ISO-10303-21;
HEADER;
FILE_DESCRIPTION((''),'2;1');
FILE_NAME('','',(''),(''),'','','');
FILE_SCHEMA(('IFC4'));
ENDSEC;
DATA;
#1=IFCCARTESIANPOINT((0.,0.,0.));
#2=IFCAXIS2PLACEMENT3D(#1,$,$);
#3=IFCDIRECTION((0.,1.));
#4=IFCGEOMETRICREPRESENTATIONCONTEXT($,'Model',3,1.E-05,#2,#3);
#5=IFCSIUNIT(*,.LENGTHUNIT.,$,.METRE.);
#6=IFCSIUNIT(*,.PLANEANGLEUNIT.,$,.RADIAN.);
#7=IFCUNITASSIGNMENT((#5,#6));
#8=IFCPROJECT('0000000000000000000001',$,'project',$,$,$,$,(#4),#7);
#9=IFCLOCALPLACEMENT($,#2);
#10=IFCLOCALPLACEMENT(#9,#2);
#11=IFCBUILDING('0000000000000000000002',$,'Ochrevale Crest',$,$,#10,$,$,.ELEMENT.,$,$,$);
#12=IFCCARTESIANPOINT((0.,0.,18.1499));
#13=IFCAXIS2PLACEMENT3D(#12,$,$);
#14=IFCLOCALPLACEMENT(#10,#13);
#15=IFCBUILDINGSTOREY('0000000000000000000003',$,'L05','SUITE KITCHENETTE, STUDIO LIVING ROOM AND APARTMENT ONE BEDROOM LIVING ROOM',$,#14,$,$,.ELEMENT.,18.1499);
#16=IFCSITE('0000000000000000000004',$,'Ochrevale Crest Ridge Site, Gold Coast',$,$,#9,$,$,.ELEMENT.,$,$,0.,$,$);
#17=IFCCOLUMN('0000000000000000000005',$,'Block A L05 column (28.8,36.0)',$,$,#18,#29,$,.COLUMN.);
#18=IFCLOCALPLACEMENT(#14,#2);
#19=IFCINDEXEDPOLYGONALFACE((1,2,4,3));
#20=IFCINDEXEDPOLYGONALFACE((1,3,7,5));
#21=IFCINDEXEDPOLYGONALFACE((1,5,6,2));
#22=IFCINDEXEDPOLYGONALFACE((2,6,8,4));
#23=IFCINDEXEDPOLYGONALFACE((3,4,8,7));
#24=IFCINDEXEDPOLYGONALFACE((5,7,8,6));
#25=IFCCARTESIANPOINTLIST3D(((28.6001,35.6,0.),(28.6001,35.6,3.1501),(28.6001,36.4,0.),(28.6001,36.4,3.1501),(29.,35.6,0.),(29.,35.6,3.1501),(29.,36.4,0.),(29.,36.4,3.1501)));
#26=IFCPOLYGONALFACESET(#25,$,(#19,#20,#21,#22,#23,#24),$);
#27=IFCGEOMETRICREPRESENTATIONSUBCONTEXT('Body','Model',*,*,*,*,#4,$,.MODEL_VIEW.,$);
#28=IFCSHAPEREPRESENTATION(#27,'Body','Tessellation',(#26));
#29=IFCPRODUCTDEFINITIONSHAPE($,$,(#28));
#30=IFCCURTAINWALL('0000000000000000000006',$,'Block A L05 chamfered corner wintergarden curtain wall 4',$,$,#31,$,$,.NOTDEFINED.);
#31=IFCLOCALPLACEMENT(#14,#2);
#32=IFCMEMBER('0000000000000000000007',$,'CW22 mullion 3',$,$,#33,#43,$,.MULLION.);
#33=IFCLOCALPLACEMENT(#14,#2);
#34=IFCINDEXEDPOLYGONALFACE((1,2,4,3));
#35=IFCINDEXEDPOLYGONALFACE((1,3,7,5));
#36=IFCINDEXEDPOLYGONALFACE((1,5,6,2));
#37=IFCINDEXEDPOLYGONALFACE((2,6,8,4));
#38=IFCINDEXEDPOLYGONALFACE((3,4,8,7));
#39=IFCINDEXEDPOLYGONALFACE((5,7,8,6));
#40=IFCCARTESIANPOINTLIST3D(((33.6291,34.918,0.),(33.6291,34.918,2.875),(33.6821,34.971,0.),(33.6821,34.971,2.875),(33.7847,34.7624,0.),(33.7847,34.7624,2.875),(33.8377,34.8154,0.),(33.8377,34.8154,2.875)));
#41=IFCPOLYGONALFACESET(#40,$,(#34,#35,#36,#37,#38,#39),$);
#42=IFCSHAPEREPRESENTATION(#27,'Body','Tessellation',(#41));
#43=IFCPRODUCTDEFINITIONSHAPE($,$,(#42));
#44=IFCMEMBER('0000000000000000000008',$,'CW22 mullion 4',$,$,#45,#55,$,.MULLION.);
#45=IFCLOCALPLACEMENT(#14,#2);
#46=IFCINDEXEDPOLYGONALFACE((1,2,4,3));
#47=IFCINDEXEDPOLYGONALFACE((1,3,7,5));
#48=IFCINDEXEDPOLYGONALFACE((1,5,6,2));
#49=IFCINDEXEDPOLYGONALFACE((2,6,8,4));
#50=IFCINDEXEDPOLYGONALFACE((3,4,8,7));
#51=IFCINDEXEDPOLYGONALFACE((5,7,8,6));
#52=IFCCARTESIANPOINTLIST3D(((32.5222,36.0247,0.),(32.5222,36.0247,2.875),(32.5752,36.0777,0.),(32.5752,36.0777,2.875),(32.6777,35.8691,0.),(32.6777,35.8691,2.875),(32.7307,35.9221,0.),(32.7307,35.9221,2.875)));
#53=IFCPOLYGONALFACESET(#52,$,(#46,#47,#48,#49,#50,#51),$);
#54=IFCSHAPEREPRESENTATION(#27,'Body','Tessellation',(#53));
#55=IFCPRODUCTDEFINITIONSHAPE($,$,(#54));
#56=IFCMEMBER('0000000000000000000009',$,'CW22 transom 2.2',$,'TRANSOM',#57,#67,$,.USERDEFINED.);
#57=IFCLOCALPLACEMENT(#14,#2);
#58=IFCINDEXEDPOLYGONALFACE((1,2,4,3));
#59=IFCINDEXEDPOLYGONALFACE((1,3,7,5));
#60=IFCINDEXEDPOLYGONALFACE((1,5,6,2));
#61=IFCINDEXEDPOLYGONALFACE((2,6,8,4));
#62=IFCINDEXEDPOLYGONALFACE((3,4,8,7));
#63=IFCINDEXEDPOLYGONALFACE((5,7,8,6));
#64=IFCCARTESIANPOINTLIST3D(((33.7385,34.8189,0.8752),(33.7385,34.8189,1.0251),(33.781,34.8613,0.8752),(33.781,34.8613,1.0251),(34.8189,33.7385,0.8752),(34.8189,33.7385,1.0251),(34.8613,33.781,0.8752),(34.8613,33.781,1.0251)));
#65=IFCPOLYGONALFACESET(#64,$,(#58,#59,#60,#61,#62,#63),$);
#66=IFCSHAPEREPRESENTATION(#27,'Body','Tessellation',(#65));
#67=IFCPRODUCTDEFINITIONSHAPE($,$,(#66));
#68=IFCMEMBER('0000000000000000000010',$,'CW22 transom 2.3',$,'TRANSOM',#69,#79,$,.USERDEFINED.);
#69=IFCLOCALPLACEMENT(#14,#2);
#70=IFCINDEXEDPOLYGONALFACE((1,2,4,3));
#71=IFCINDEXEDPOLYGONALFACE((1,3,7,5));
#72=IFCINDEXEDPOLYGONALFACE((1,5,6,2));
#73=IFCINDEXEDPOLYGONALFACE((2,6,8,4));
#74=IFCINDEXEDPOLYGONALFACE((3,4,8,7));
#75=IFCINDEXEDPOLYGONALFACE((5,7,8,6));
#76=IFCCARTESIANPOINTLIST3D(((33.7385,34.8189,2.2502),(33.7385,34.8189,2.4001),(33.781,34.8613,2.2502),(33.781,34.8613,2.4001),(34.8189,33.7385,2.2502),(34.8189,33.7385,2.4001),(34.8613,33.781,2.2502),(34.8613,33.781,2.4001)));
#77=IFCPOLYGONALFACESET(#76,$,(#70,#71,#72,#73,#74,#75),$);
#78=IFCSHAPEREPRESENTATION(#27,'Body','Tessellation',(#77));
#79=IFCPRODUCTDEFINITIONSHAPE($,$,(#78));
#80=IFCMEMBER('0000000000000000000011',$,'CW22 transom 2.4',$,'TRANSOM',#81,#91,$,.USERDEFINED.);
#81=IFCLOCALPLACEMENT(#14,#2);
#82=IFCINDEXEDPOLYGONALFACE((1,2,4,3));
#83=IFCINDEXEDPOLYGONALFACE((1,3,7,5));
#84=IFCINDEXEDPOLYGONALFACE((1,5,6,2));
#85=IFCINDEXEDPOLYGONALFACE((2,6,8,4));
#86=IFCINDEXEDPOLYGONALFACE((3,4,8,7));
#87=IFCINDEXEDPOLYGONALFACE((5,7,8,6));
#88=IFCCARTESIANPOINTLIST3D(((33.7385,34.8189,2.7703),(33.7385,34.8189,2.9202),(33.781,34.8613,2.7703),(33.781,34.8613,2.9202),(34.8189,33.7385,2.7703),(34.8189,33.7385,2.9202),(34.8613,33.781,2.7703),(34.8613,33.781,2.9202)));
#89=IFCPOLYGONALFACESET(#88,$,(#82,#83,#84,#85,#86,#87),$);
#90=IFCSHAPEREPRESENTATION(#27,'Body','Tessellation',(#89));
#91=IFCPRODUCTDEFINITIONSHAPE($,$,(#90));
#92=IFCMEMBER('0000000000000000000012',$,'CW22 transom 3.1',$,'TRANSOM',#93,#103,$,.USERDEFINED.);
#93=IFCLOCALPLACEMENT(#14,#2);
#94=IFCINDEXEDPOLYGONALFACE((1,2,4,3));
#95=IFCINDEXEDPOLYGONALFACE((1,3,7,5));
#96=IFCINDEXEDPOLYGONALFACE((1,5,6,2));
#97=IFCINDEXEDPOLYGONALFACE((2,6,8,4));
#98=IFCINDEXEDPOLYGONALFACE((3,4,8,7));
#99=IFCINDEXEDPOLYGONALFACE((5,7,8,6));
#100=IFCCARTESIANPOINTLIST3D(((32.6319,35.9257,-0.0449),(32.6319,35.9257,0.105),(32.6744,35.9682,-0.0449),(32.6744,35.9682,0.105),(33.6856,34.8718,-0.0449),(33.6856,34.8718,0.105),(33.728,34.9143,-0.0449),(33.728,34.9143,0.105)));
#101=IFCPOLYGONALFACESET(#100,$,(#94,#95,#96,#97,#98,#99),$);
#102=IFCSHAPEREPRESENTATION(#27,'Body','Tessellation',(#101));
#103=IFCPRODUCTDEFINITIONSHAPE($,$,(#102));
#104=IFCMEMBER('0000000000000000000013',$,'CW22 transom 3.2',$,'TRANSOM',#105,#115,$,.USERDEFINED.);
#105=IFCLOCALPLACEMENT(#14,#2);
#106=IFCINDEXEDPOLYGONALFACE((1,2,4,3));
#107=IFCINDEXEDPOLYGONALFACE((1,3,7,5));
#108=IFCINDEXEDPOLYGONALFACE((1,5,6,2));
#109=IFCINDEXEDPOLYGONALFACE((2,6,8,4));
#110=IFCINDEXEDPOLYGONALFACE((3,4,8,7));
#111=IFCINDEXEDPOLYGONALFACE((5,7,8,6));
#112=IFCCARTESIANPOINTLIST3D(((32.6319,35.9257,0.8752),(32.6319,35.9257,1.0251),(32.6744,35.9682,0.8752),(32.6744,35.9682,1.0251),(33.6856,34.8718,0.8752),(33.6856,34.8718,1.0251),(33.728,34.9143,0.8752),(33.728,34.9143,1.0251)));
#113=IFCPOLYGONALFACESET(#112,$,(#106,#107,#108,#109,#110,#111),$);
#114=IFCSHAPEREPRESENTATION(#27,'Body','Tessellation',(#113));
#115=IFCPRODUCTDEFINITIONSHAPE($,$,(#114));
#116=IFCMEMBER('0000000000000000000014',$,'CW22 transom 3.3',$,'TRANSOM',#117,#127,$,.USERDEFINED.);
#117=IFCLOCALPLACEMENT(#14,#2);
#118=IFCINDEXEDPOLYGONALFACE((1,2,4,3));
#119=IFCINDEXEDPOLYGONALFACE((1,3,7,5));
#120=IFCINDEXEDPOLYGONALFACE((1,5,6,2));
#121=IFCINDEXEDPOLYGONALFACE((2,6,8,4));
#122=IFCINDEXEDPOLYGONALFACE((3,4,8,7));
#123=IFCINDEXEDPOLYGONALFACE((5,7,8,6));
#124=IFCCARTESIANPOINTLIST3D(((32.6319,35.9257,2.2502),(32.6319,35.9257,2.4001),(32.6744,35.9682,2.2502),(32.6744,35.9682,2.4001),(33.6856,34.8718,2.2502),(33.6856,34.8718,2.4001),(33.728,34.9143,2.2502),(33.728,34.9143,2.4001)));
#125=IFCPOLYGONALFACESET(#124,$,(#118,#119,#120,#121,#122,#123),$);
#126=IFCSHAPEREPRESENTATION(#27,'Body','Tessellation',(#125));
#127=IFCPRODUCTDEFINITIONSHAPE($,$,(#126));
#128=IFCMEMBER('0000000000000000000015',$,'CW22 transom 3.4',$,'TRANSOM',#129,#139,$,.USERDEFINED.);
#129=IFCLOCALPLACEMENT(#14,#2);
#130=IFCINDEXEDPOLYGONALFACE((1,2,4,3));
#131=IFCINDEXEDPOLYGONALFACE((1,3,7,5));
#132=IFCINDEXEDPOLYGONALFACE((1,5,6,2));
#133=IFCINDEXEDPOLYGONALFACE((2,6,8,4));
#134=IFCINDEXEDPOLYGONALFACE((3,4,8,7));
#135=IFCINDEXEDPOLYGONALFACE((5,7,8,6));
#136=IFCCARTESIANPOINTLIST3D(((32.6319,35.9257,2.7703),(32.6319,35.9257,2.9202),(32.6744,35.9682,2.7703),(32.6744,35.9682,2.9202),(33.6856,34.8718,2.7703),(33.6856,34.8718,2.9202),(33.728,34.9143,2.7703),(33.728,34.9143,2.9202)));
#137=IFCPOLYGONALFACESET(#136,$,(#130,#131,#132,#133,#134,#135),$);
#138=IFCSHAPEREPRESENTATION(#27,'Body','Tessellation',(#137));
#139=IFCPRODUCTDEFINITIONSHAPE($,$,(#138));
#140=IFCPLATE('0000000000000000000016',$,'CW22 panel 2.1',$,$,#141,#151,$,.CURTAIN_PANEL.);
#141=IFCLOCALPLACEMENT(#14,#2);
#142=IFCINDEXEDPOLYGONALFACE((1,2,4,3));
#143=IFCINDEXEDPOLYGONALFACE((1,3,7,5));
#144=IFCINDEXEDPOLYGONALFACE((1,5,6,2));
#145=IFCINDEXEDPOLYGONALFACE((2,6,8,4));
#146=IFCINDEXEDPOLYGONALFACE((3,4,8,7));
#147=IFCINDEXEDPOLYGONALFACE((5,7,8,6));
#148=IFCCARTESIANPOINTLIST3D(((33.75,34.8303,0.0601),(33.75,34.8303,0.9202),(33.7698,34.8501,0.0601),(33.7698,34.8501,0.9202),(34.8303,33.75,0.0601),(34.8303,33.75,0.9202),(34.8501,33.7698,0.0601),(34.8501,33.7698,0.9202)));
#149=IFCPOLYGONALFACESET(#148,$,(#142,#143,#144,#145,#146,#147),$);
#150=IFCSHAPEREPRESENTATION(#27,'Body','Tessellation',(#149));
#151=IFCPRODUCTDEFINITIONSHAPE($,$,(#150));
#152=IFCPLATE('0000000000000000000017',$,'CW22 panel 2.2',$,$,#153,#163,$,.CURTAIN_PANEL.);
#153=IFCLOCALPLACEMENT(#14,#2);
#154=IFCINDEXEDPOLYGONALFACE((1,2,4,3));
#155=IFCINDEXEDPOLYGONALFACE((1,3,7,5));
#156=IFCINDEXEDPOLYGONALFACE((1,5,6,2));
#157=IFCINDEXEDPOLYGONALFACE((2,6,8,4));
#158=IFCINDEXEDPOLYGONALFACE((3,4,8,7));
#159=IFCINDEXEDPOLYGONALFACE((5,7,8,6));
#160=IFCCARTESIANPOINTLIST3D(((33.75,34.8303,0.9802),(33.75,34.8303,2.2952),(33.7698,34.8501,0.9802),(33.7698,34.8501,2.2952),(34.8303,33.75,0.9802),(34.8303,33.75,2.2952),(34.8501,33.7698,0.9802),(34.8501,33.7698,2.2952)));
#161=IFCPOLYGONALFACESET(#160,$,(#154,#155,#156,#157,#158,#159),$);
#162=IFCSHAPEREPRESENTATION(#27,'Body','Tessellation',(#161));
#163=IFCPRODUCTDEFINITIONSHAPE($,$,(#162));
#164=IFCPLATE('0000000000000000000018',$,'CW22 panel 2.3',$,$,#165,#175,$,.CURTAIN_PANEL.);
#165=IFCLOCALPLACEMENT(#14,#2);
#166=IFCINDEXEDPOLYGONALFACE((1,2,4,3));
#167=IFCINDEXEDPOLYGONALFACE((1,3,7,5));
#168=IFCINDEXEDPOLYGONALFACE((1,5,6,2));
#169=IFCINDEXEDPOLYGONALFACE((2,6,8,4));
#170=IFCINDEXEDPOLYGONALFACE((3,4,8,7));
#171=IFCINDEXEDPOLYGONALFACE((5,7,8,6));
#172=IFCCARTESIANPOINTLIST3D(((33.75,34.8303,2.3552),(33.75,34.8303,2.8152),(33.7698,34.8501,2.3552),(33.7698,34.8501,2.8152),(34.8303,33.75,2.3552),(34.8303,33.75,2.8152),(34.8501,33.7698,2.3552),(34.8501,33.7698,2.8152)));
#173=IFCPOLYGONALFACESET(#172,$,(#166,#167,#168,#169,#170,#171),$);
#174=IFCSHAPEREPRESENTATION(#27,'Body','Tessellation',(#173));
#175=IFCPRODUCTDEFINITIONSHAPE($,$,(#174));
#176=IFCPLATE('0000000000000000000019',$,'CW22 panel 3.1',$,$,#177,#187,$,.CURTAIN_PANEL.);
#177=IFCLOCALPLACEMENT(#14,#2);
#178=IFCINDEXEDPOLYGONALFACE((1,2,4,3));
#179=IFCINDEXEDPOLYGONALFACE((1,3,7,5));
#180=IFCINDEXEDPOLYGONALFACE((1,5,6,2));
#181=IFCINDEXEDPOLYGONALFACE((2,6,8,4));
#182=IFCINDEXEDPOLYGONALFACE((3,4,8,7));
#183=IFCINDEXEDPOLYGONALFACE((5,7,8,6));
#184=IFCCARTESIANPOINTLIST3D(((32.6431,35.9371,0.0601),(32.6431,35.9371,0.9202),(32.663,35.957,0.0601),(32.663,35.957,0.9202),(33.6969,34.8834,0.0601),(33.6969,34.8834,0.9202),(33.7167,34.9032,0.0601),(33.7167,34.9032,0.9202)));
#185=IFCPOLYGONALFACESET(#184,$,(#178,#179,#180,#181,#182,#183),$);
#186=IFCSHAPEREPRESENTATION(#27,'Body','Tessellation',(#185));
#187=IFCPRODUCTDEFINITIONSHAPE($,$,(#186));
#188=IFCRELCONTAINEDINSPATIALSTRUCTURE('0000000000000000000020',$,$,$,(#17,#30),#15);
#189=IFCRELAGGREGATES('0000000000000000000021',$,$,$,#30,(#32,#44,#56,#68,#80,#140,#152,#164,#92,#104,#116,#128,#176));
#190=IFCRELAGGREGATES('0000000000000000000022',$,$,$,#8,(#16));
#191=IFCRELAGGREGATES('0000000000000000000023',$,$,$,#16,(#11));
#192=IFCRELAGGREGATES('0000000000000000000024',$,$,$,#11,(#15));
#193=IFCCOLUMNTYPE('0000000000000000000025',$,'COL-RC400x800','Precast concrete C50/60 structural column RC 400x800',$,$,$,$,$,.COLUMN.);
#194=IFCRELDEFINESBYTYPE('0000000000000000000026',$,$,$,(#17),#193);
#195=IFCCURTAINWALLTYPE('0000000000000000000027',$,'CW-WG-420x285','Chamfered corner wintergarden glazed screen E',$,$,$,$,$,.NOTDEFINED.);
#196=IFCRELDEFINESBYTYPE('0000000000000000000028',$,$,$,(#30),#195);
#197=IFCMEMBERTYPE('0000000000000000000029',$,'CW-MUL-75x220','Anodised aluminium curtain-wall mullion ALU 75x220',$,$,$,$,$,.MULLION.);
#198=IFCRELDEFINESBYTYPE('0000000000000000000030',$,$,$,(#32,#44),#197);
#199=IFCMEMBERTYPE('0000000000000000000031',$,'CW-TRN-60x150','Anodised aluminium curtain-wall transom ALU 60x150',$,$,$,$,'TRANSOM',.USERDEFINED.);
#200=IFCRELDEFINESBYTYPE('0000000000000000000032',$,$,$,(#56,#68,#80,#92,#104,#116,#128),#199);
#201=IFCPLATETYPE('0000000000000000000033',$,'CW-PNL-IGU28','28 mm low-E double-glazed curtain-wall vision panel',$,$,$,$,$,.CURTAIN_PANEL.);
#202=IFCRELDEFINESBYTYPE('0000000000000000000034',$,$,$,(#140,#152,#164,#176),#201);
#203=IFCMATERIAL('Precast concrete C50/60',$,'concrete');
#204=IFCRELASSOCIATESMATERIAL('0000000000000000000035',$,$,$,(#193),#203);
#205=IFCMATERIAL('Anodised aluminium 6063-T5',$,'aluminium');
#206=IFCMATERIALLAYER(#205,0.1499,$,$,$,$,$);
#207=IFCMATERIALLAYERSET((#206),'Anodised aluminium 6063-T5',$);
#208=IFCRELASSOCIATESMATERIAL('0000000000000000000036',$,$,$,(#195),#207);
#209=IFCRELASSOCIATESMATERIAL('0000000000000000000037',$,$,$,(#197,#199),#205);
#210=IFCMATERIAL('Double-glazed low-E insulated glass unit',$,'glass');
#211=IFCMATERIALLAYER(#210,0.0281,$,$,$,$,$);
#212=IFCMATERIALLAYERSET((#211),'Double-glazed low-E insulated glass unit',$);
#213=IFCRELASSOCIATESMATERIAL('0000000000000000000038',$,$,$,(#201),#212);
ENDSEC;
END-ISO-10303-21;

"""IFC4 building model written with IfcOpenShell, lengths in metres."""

from ifc_helpers import new_model, si_unit, direction, frame, origin, origin_2d, place, context, subcontext, project, spatial, rectangle, extrude, material, layer, layer_set, material_profile, profile_set, type_object, element, aggregate, save


model = new_model("IFC4")

# Units and contexts
model_context = context("Model", 3, precision=1e-05, world=origin(), true_north=direction((0.0, 1.0)))
body_context = subcontext(model_context, "Body", "Model", "MODEL_VIEW")
ifc_project = project(units=[si_unit("LENGTHUNIT", "METRE"), si_unit("PLANEANGLEUNIT", "RADIAN")], contexts=[model_context])

# Site, building, storey
site_placement = place(None, origin())
site = spatial("IfcSite", under=ifc_project, at=site_placement, Name="Ochrevale Crest Ridge Site, Gold Coast", CompositionType="ELEMENT", RefElevation=0.0)
building_placement = place(site_placement, origin())
building = spatial("IfcBuilding", under=site, at=building_placement, Name="Ochrevale Crest", CompositionType="ELEMENT")
storey_placement = place(building_placement, frame((0.0, 0.0, 18.1499)))
storey = spatial("IfcBuildingStorey", under=building, at=storey_placement, Name="L05", Description="SUITE KITCHENETTE, STUDIO LIVING ROOM AND APARTMENT ONE BEDROOM LIVING ROOM", CompositionType="ELEMENT", Elevation=18.1499)

# Column
ifc_material_1 = material(Name="Precast concrete C50/60", Category="concrete")
ifc_material_profile_1 = material_profile(ifc_material_1, rectangle(XDim=0.3999, YDim=0.8, at=origin_2d()), Name="RC 400x800")
ifc_profile_set_1 = profile_set([ifc_material_profile_1], Name="Precast concrete C50/60")
column_type = type_object("IfcColumnType", Name="COL-RC400x800", Description="Precast concrete C50/60 structural column RC 400x800", PredefinedType="COLUMN", material=ifc_profile_set_1)
column_placement = place(storey_placement, frame((28.8, 36.0, 0.0), z_axis=(0.0, 0.0, 1.0), x_axis=(1.0, 0.0, 0.0)))
element("IfcColumn", 1, at=column_placement, inside=storey, type_object=column_type, Name="Block A L05 column (28.8,36.0)", PredefinedType="COLUMN", context=body_context, shape_type="SweptSolid", body=[
    extrude(rectangle(XDim=0.3999, YDim=0.8, at=origin_2d()), origin(), (0.0, 0.0, 1.0), 3.1501),
])

# Curtain wall, members, plates
ifc_material_2 = material(Name="Anodised aluminium 6063-T5", Category="aluminium")
ifc_layer_1 = layer(ifc_material_2, 0.1499)
ifc_layer_set_1 = layer_set([ifc_layer_1], Name="Anodised aluminium 6063-T5")
curtain_wall_type = type_object("IfcCurtainWallType", Name="CW-WG-420x285", Description="Chamfered corner wintergarden glazed screen E", PredefinedType="NOTDEFINED", material=ifc_layer_set_1)
curtain_wall_placement = place(storey_placement, origin())
curtain_wall = element("IfcCurtainWall", 2, at=curtain_wall_placement, inside=storey, type_object=curtain_wall_type, Name="Block A L05 chamfered corner wintergarden curtain wall 4", PredefinedType="NOTDEFINED")
ifc_material_profile_2 = material_profile(ifc_material_2, rectangle(XDim=0.075, YDim=0.22, at=origin_2d()), Name="ALU 75x220")
ifc_profile_set_2 = profile_set([ifc_material_profile_2], Name="Anodised aluminium 6063-T5")
member_type_1 = type_object("IfcMemberType", Name="CW-MUL-75x220", Description="Anodised aluminium curtain-wall mullion ALU 75x220", PredefinedType="MULLION", material=ifc_profile_set_2)
member_1_placement = place(storey_placement, frame((33.7334, 34.8667, 0.0), z_axis=(0.0, 0.0, 1.0), x_axis=(-0.707107, -0.707107, 0.0)))
member_1 = element("IfcMember", 3, at=member_1_placement, type_object=member_type_1, Name="CW22 mullion 3", PredefinedType="MULLION", context=body_context, shape_type="SweptSolid", body=[
    extrude(rectangle(XDim=0.075, YDim=0.22, at=origin_2d()), origin(), (0.0, 0.0, 1.0), 2.875),
])
member_2_placement = place(storey_placement, frame((32.6265, 35.9734, 0.0), z_axis=(0.0, 0.0, 1.0), x_axis=(-0.707107, -0.707107, 0.0)))
member_2 = element("IfcMember", 4, at=member_2_placement, type_object=member_type_1, Name="CW22 mullion 4", PredefinedType="MULLION", context=body_context, shape_type="SweptSolid", body=[
    extrude(rectangle(XDim=0.075, YDim=0.22, at=origin_2d()), origin(), (0.0, 0.0, 1.0), 2.875),
])
ifc_material_profile_3 = material_profile(ifc_material_2, rectangle(XDim=0.0601, YDim=0.1499, at=origin_2d()), Name="ALU 60x150")
ifc_profile_set_3 = profile_set([ifc_material_profile_3], Name="Anodised aluminium 6063-T5")
member_type_2 = type_object("IfcMemberType", Name="CW-TRN-60x150", Description="Anodised aluminium curtain-wall transom ALU 60x150", ElementType="TRANSOM", PredefinedType="USERDEFINED", material=ifc_profile_set_3)
member_3_placement = place(storey_placement, frame((34.8401, 33.7598, 0.9502), z_axis=(-0.707107, 0.707107, 0.0), x_axis=(-0.707107, -0.707107, 0.0)))
member_3 = element("IfcMember", 5, at=member_3_placement, type_object=member_type_2, Name="CW22 transom 2.2", ObjectType="TRANSOM", PredefinedType="USERDEFINED", context=body_context, shape_type="SweptSolid", body=[
    extrude(rectangle(XDim=0.0601, YDim=0.1499, at=origin_2d()), origin(), (0.0, 0.0, 1.0), 1.5278),
])
member_4_placement = place(storey_placement, frame((34.8401, 33.7598, 2.3252), z_axis=(-0.707107, 0.707107, 0.0), x_axis=(-0.707107, -0.707107, 0.0)))
member_4 = element("IfcMember", 6, at=member_4_placement, type_object=member_type_2, Name="CW22 transom 2.3", ObjectType="TRANSOM", PredefinedType="USERDEFINED", context=body_context, shape_type="SweptSolid", body=[
    extrude(rectangle(XDim=0.0601, YDim=0.1499, at=origin_2d()), origin(), (0.0, 0.0, 1.0), 1.5278),
])
member_5_placement = place(storey_placement, frame((34.8401, 33.7598, 2.8452), z_axis=(-0.707107, 0.707107, 0.0), x_axis=(-0.707107, -0.707107, 0.0)))
member_5 = element("IfcMember", 7, at=member_5_placement, type_object=member_type_2, Name="CW22 transom 2.4", ObjectType="TRANSOM", PredefinedType="USERDEFINED", context=body_context, shape_type="SweptSolid", body=[
    extrude(rectangle(XDim=0.0601, YDim=0.1499, at=origin_2d()), origin(), (0.0, 0.0, 1.0), 1.5278),
])
member_6_placement = place(storey_placement, frame((33.7068, 34.8931, 0.03), z_axis=(-0.707025, 0.707189, 0.0), x_axis=(-0.707189, -0.707025, 0.0)))
member_6 = element("IfcMember", 8, at=member_6_placement, type_object=member_type_2, Name="CW22 transom 3.1", ObjectType="TRANSOM", PredefinedType="USERDEFINED", context=body_context, shape_type="SweptSolid", body=[
    extrude(rectangle(XDim=0.0601, YDim=0.1499, at=origin_2d()), origin(), (0.0, 0.0, 1.0), 1.4902),
])
member_7_placement = place(storey_placement, frame((33.7068, 34.8931, 0.9502), z_axis=(-0.707025, 0.707189, 0.0), x_axis=(-0.707189, -0.707025, 0.0)))
member_7 = element("IfcMember", 9, at=member_7_placement, type_object=member_type_2, Name="CW22 transom 3.2", ObjectType="TRANSOM", PredefinedType="USERDEFINED", context=body_context, shape_type="SweptSolid", body=[
    extrude(rectangle(XDim=0.0601, YDim=0.1499, at=origin_2d()), origin(), (0.0, 0.0, 1.0), 1.4902),
])
member_8_placement = place(storey_placement, frame((33.7068, 34.8931, 2.3252), z_axis=(-0.707025, 0.707189, 0.0), x_axis=(-0.707189, -0.707025, 0.0)))
member_8 = element("IfcMember", 10, at=member_8_placement, type_object=member_type_2, Name="CW22 transom 3.3", ObjectType="TRANSOM", PredefinedType="USERDEFINED", context=body_context, shape_type="SweptSolid", body=[
    extrude(rectangle(XDim=0.0601, YDim=0.1499, at=origin_2d()), origin(), (0.0, 0.0, 1.0), 1.4902),
])
member_9_placement = place(storey_placement, frame((33.7068, 34.8931, 2.8452), z_axis=(-0.707025, 0.707189, 0.0), x_axis=(-0.707189, -0.707025, 0.0)))
member_9 = element("IfcMember", 11, at=member_9_placement, type_object=member_type_2, Name="CW22 transom 3.4", ObjectType="TRANSOM", PredefinedType="USERDEFINED", context=body_context, shape_type="SweptSolid", body=[
    extrude(rectangle(XDim=0.0601, YDim=0.1499, at=origin_2d()), origin(), (0.0, 0.0, 1.0), 1.4902),
])
ifc_material_3 = material(Name="Double-glazed low-E insulated glass unit", Category="glass")
ifc_layer_2 = layer(ifc_material_3, 0.0281)
ifc_layer_set_2 = layer_set([ifc_layer_2], Name="Double-glazed low-E insulated glass unit")
plate_type = type_object("IfcPlateType", Name="CW-PNL-IGU28", Description="28 mm low-E double-glazed curtain-wall vision panel", PredefinedType="CURTAIN_PANEL", material=ifc_layer_set_2)
plate_1_placement = place(storey_placement, frame((34.3, 34.3, 0.0601), z_axis=(0.0, 0.0, 1.0), x_axis=(-0.707107, 0.707107, 0.0)))
plate_1 = element("IfcPlate", 12, at=plate_1_placement, type_object=plate_type, Name="CW22 panel 2.1", PredefinedType="CURTAIN_PANEL", context=body_context, shape_type="SweptSolid", body=[
    extrude(rectangle(XDim=1.5278, YDim=0.0281, at=origin_2d()), origin(), (0.0, 0.0, 1.0), 0.8601),
])
plate_2_placement = place(storey_placement, frame((34.3, 34.3, 0.9802), z_axis=(0.0, 0.0, 1.0), x_axis=(-0.707107, 0.707107, 0.0)))
plate_2 = element("IfcPlate", 13, at=plate_2_placement, type_object=plate_type, Name="CW22 panel 2.2", PredefinedType="CURTAIN_PANEL", context=body_context, shape_type="SweptSolid", body=[
    extrude(rectangle(XDim=1.5278, YDim=0.0281, at=origin_2d()), origin(), (0.0, 0.0, 1.0), 1.3149),
])
plate_3_placement = place(storey_placement, frame((34.3, 34.3, 2.3552), z_axis=(0.0, 0.0, 1.0), x_axis=(-0.707107, 0.707107, 0.0)))
plate_3 = element("IfcPlate", 14, at=plate_3_placement, type_object=plate_type, Name="CW22 panel 2.3", PredefinedType="CURTAIN_PANEL", context=body_context, shape_type="SweptSolid", body=[
    extrude(rectangle(XDim=1.5278, YDim=0.0281, at=origin_2d()), origin(), (0.0, 0.0, 1.0), 0.46),
])
plate_4_placement = place(storey_placement, frame((33.1799, 35.4202, 0.0601), z_axis=(0.0, 0.0, 1.0), x_axis=(-0.707107, 0.707107, 0.0)))
plate_4 = element("IfcPlate", 15, at=plate_4_placement, type_object=plate_type, Name="CW22 panel 3.1", PredefinedType="CURTAIN_PANEL", context=body_context, shape_type="SweptSolid", body=[
    extrude(rectangle(XDim=1.4902, YDim=0.0281, at=origin_2d()), origin(), (0.0, 0.0, 1.0), 0.8601),
])
aggregate(curtain_wall, [member_1, member_2, member_3, member_4, member_5, plate_1, plate_2, plate_3, member_6, member_7, member_8, member_9, plate_4])

save(model, "model.ifc")
